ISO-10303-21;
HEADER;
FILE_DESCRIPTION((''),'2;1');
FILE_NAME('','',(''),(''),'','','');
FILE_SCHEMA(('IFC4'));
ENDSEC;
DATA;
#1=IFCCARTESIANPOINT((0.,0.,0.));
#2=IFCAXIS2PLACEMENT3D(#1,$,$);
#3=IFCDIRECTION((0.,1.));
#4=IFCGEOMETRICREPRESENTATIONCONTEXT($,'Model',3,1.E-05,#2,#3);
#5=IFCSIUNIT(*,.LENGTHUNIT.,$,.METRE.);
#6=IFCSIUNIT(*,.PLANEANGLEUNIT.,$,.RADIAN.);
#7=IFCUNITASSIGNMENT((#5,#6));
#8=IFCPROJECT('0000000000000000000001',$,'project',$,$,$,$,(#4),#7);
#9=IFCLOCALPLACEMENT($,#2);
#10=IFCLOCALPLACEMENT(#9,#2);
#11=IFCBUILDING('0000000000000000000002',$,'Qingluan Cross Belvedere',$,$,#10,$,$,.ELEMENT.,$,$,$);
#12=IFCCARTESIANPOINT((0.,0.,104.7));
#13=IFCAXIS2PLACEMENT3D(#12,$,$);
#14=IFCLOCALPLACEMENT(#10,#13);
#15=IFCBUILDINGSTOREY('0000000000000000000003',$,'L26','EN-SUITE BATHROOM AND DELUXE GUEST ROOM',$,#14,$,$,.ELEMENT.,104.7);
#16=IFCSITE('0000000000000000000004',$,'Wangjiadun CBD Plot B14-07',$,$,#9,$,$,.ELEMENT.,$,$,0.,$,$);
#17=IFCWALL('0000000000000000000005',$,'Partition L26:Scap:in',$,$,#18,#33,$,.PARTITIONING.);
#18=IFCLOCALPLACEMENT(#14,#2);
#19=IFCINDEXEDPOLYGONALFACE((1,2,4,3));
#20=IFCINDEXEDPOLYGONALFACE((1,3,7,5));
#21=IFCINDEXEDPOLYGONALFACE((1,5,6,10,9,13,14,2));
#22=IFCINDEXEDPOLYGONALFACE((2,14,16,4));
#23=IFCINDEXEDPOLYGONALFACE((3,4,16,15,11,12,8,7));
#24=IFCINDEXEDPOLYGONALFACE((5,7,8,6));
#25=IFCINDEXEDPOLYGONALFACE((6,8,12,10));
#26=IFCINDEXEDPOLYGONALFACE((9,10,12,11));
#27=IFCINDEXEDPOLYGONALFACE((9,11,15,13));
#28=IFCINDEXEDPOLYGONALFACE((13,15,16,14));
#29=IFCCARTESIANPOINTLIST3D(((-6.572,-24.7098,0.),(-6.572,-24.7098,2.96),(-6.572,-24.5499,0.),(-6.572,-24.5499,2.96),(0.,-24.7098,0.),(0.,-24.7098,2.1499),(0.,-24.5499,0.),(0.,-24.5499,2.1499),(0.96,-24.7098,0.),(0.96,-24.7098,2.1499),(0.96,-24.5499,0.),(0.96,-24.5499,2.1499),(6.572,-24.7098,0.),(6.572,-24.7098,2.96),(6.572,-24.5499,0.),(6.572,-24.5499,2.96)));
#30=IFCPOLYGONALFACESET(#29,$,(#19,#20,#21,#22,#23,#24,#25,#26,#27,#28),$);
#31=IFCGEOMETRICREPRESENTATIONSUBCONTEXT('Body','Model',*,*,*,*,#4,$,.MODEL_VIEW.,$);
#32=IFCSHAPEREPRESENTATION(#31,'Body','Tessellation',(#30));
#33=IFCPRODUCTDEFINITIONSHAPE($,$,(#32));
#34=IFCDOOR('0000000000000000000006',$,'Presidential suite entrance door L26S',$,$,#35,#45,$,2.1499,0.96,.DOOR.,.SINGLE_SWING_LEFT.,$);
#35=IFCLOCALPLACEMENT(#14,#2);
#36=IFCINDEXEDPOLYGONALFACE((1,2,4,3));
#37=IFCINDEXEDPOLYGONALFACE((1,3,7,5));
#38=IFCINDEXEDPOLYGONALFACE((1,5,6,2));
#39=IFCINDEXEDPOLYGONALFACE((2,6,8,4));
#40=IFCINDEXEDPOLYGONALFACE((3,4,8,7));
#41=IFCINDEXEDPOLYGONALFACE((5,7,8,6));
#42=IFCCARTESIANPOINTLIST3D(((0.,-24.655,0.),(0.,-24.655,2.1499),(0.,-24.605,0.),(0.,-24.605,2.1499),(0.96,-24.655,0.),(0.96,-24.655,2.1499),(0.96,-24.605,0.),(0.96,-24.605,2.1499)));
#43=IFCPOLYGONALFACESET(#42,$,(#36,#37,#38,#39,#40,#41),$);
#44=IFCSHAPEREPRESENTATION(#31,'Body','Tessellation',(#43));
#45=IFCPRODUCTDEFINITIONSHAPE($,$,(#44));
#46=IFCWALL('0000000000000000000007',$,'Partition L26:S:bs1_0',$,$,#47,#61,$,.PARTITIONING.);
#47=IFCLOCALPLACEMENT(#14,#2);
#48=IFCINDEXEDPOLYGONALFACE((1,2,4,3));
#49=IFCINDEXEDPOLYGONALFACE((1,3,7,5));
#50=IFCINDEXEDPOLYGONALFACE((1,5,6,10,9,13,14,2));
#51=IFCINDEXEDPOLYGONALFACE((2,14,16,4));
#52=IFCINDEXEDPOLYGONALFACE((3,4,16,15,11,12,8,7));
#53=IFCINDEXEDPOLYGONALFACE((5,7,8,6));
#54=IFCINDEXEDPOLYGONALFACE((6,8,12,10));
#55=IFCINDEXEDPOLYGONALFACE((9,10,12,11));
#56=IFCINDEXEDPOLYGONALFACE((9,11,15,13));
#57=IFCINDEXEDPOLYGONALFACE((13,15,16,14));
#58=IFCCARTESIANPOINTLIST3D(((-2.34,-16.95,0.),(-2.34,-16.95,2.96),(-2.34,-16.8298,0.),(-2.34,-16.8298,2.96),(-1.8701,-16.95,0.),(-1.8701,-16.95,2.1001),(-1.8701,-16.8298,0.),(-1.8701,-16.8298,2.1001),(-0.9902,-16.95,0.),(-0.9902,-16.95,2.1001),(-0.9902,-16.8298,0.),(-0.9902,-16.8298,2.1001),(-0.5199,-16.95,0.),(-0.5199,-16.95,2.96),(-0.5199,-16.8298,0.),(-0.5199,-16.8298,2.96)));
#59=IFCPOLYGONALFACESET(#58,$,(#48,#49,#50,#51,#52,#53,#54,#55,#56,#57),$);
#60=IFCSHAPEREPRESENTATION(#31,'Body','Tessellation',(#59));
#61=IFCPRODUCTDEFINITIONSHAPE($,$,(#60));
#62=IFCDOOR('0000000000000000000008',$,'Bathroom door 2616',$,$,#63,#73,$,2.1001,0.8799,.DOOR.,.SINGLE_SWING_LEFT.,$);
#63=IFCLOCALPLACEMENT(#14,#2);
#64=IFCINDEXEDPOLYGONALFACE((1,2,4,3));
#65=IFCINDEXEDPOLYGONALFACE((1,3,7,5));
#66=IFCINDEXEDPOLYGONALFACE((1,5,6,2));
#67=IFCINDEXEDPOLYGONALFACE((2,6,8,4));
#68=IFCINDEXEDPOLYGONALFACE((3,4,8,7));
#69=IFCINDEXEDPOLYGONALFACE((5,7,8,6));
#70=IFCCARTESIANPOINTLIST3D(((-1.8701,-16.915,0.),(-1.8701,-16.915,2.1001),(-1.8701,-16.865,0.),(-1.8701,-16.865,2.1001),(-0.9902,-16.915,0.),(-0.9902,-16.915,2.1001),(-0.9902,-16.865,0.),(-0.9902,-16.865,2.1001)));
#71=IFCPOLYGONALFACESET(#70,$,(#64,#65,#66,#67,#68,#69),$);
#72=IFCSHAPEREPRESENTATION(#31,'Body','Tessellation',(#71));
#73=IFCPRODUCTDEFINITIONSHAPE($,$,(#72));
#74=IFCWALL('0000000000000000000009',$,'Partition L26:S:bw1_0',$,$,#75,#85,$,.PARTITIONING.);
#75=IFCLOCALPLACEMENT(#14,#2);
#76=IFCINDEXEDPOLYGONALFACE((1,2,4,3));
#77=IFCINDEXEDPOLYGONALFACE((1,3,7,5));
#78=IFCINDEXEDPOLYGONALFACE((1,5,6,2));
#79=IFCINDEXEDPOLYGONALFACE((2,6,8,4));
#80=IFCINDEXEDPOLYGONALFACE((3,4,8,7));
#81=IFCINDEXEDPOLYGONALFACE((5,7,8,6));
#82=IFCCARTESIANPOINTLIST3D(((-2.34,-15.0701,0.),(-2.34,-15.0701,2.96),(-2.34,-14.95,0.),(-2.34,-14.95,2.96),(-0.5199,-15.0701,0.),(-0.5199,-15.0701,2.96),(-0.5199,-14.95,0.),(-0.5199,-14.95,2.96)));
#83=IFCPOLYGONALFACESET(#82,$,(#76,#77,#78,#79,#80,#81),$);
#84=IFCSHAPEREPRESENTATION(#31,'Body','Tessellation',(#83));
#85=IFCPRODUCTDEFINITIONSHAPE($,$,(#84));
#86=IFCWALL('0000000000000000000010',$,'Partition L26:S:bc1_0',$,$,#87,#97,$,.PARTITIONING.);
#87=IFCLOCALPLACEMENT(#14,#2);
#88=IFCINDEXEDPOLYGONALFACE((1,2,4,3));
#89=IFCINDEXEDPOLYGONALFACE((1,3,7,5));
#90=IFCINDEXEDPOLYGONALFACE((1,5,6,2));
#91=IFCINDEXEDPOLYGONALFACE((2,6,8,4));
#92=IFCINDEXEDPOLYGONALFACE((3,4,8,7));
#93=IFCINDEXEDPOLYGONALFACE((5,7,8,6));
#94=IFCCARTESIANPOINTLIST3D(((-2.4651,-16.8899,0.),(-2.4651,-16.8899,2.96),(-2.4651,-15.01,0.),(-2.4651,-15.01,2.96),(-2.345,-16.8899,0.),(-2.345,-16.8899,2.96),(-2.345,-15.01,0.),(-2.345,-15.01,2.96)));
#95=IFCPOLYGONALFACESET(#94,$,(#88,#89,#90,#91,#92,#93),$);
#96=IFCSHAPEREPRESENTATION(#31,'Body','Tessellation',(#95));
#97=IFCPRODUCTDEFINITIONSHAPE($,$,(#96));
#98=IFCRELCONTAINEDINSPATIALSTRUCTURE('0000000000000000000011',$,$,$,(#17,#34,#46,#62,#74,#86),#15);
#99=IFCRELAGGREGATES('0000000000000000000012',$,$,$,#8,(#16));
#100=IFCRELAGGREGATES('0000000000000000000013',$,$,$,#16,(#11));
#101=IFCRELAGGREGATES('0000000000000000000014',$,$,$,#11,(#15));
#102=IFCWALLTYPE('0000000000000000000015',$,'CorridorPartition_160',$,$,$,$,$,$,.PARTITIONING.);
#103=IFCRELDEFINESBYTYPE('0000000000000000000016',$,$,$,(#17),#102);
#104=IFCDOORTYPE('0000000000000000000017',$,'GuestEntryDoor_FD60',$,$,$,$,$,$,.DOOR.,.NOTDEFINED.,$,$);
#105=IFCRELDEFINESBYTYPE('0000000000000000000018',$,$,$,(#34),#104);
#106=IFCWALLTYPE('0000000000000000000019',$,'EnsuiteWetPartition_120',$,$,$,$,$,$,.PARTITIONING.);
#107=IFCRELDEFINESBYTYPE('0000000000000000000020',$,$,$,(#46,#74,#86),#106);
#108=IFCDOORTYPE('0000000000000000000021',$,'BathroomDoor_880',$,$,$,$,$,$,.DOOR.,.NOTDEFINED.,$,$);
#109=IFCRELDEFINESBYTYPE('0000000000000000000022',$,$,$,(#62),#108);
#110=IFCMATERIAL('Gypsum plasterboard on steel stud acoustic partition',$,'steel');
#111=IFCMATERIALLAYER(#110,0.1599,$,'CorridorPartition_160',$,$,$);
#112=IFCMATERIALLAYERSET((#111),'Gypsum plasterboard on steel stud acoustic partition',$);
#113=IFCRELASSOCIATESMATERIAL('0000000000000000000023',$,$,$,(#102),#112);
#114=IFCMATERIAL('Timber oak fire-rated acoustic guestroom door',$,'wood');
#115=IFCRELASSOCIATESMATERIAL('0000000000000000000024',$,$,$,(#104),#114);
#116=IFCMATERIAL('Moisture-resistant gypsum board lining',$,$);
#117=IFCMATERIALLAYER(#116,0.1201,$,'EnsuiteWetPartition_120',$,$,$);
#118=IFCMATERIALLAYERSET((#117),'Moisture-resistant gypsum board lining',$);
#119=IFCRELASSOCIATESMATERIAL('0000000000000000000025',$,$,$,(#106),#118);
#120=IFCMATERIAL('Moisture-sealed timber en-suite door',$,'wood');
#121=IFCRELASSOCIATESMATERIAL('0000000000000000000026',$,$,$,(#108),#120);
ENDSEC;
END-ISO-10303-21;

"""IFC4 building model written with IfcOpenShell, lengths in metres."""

from ifc_helpers import new_model, si_unit, direction, frame, frame_2d, origin, place, context, subcontext, project, spatial, rectangle, extrude, material, layer, layer_set, type_object, element, fill, save


model = new_model("IFC4")

# Units and contexts
model_context = context("Model", 3, precision=1e-05, world=origin(), true_north=direction((0.0, 1.0)))
body_context = subcontext(model_context, "Body", "Model", "MODEL_VIEW")
ifc_project = project(units=[si_unit("LENGTHUNIT", "METRE"), si_unit("PLANEANGLEUNIT", "RADIAN")], contexts=[model_context])

# Site, building, storey
site_placement = place(None, origin())
site = spatial("IfcSite", under=ifc_project, at=site_placement, Name="Wangjiadun CBD Plot B14-07", CompositionType="ELEMENT", RefElevation=0.0)
building_placement = place(site_placement, origin())
building = spatial("IfcBuilding", under=site, at=building_placement, Name="Qingluan Cross Belvedere", CompositionType="ELEMENT")
storey_placement = place(building_placement, frame((0.0, 0.0, 104.7)))
storey = spatial("IfcBuildingStorey", under=building, at=storey_placement, Name="L26", Description="EN-SUITE BATHROOM AND DELUXE GUEST ROOM", CompositionType="ELEMENT", Elevation=104.7)

# Shared definitions
ifc_material_1 = material(Name="Gypsum plasterboard on steel stud acoustic partition", Category="steel")
ifc_layer_1 = layer(ifc_material_1, 0.1599, Name="CorridorPartition_160")
ifc_layer_set_1 = layer_set([ifc_layer_1], Name="Gypsum plasterboard on steel stud acoustic partition")
wall_type_1 = type_object("IfcWallType", Name="CorridorPartition_160", PredefinedType="PARTITIONING", material=ifc_layer_set_1)

# Walls, openings, doors
ifc_material_2 = material(Name="Timber oak fire-rated acoustic guestroom door", Category="wood")
door_type_1 = type_object("IfcDoorType", Name="GuestEntryDoor_FD60", OperationType="NOTDEFINED", PredefinedType="DOOR", material=ifc_material_2)
wall_1_placement = place(storey_placement, frame((-6.572, -24.6299, 0.0), z_axis=(0.0, 0.0, 1.0), x_axis=(1.0, 0.0, 0.0)))
wall_1 = element("IfcWall", 1, at=wall_1_placement, inside=storey, type_object=wall_type_1, Name="Partition L26:Scap:in", PredefinedType="PARTITIONING", context=body_context, shape_type="SweptSolid", body=[
    extrude(rectangle(XDim=13.144, YDim=0.1599, at=frame_2d((6.572, 0.0))), origin(), (0.0, 0.0, 1.0), 2.96),
])
opening_1_placement = place(wall_1_placement, frame((6.572, 0.0, 0.0)))
opening_1 = element("IfcOpeningElement", 2, at=opening_1_placement, cuts=wall_1, PredefinedType="OPENING", context=body_context, shape_type="SweptSolid", body=[
    extrude(rectangle(XDim=0.96, YDim=2.1499, at=frame_2d((0.48, 1.075))), frame((0.0, 0.0898, 0.0), z_axis=(0.0, -1.0, 0.0), x_axis=(1.0, 0.0, 0.0)), (0.0, 0.0, 1.0), 0.1799),
])
door_1_placement = place(opening_1_placement, origin())
door_1 = element("IfcDoor", 3, at=door_1_placement, inside=storey, type_object=door_type_1, Name="Presidential suite entrance door L26S", OperationType="SINGLE_SWING_LEFT", OverallHeight=2.1499, OverallWidth=0.96, PredefinedType="DOOR", context=body_context, shape_type="SweptSolid", body=[
    extrude(rectangle(XDim=0.96, YDim=2.1499, at=frame_2d((0.48, 1.075))), frame((0.0, 0.0249, 0.0), z_axis=(0.0, -1.0, 0.0), x_axis=(1.0, 0.0, 0.0)), (0.0, 0.0, 1.0), 0.05),
])
fill(opening_1, door_1)
ifc_material_3 = material(Name="Moisture-resistant gypsum board lining")
ifc_layer_2 = layer(ifc_material_3, 0.1201, Name="EnsuiteWetPartition_120")
ifc_layer_set_2 = layer_set([ifc_layer_2], Name="Moisture-resistant gypsum board lining")
wall_type_2 = type_object("IfcWallType", Name="EnsuiteWetPartition_120", PredefinedType="PARTITIONING", material=ifc_layer_set_2)
wall_2_placement = place(storey_placement, frame((-2.3401, -16.8899, 0.0), z_axis=(0.0, 0.0, 1.0), x_axis=(1.0, 0.0, 0.0)))
wall_2 = element("IfcWall", 4, at=wall_2_placement, inside=storey, type_object=wall_type_2, Name="Partition L26:S:bs1_0", PredefinedType="PARTITIONING", context=body_context, shape_type="SweptSolid", body=[
    extrude(rectangle(XDim=1.8201, YDim=0.1201, at=frame_2d((0.9102, 0.0))), origin(), (0.0, 0.0, 1.0), 2.96),
])
opening_2_placement = place(wall_2_placement, frame((0.47, 0.0, 0.0)))
opening_2 = element("IfcOpeningElement", 5, at=opening_2_placement, cuts=wall_2, PredefinedType="OPENING", context=body_context, shape_type="SweptSolid", body=[
    extrude(rectangle(XDim=0.8799, YDim=2.1001, at=frame_2d((0.4399, 1.05))), frame((0.0, 0.0701, 0.0), z_axis=(0.0, -1.0, 0.0), x_axis=(1.0, 0.0, 0.0)), (0.0, 0.0, 1.0), 0.1401),
])
ifc_material_4 = material(Name="Moisture-sealed timber en-suite door", Category="wood")
door_type_2 = type_object("IfcDoorType", Name="BathroomDoor_880", OperationType="NOTDEFINED", PredefinedType="DOOR", material=ifc_material_4)
door_2_placement = place(opening_2_placement, origin())
door_2 = element("IfcDoor", 6, at=door_2_placement, inside=storey, type_object=door_type_2, Name="Bathroom door 2616", OperationType="SINGLE_SWING_LEFT", OverallHeight=2.1001, OverallWidth=0.8799, PredefinedType="DOOR", context=body_context, shape_type="SweptSolid", body=[
    extrude(rectangle(XDim=0.8799, YDim=2.1001, at=frame_2d((0.4399, 1.05))), frame((0.0, 0.0249, 0.0), z_axis=(0.0, -1.0, 0.0), x_axis=(1.0, 0.0, 0.0)), (0.0, 0.0, 1.0), 0.05),
])
fill(opening_2, door_2)

# Walls
wall_3_placement = place(storey_placement, frame((-2.3401, -15.01, 0.0), z_axis=(0.0, 0.0, 1.0), x_axis=(1.0, 0.0, 0.0)))
element("IfcWall", 7, at=wall_3_placement, inside=storey, type_object=wall_type_2, Name="Partition L26:S:bw1_0", PredefinedType="PARTITIONING", context=body_context, shape_type="SweptSolid", body=[
    extrude(rectangle(XDim=1.8201, YDim=0.1201, at=frame_2d((0.9102, 0.0))), origin(), (0.0, 0.0, 1.0), 2.96),
])
wall_4_placement = place(storey_placement, frame((-2.405, -15.01, 0.0), z_axis=(0.0, 0.0, 1.0), x_axis=(0.0, -1.0, 0.0)))
element("IfcWall", 8, at=wall_4_placement, inside=storey, type_object=wall_type_2, Name="Partition L26:S:bc1_0", PredefinedType="PARTITIONING", context=body_context, shape_type="SweptSolid", body=[
    extrude(rectangle(XDim=1.8799, YDim=0.1201, at=frame_2d((0.9399, 0.0))), origin(), (0.0, 0.0, 1.0), 2.96),
])

save(model, "model.ifc")
